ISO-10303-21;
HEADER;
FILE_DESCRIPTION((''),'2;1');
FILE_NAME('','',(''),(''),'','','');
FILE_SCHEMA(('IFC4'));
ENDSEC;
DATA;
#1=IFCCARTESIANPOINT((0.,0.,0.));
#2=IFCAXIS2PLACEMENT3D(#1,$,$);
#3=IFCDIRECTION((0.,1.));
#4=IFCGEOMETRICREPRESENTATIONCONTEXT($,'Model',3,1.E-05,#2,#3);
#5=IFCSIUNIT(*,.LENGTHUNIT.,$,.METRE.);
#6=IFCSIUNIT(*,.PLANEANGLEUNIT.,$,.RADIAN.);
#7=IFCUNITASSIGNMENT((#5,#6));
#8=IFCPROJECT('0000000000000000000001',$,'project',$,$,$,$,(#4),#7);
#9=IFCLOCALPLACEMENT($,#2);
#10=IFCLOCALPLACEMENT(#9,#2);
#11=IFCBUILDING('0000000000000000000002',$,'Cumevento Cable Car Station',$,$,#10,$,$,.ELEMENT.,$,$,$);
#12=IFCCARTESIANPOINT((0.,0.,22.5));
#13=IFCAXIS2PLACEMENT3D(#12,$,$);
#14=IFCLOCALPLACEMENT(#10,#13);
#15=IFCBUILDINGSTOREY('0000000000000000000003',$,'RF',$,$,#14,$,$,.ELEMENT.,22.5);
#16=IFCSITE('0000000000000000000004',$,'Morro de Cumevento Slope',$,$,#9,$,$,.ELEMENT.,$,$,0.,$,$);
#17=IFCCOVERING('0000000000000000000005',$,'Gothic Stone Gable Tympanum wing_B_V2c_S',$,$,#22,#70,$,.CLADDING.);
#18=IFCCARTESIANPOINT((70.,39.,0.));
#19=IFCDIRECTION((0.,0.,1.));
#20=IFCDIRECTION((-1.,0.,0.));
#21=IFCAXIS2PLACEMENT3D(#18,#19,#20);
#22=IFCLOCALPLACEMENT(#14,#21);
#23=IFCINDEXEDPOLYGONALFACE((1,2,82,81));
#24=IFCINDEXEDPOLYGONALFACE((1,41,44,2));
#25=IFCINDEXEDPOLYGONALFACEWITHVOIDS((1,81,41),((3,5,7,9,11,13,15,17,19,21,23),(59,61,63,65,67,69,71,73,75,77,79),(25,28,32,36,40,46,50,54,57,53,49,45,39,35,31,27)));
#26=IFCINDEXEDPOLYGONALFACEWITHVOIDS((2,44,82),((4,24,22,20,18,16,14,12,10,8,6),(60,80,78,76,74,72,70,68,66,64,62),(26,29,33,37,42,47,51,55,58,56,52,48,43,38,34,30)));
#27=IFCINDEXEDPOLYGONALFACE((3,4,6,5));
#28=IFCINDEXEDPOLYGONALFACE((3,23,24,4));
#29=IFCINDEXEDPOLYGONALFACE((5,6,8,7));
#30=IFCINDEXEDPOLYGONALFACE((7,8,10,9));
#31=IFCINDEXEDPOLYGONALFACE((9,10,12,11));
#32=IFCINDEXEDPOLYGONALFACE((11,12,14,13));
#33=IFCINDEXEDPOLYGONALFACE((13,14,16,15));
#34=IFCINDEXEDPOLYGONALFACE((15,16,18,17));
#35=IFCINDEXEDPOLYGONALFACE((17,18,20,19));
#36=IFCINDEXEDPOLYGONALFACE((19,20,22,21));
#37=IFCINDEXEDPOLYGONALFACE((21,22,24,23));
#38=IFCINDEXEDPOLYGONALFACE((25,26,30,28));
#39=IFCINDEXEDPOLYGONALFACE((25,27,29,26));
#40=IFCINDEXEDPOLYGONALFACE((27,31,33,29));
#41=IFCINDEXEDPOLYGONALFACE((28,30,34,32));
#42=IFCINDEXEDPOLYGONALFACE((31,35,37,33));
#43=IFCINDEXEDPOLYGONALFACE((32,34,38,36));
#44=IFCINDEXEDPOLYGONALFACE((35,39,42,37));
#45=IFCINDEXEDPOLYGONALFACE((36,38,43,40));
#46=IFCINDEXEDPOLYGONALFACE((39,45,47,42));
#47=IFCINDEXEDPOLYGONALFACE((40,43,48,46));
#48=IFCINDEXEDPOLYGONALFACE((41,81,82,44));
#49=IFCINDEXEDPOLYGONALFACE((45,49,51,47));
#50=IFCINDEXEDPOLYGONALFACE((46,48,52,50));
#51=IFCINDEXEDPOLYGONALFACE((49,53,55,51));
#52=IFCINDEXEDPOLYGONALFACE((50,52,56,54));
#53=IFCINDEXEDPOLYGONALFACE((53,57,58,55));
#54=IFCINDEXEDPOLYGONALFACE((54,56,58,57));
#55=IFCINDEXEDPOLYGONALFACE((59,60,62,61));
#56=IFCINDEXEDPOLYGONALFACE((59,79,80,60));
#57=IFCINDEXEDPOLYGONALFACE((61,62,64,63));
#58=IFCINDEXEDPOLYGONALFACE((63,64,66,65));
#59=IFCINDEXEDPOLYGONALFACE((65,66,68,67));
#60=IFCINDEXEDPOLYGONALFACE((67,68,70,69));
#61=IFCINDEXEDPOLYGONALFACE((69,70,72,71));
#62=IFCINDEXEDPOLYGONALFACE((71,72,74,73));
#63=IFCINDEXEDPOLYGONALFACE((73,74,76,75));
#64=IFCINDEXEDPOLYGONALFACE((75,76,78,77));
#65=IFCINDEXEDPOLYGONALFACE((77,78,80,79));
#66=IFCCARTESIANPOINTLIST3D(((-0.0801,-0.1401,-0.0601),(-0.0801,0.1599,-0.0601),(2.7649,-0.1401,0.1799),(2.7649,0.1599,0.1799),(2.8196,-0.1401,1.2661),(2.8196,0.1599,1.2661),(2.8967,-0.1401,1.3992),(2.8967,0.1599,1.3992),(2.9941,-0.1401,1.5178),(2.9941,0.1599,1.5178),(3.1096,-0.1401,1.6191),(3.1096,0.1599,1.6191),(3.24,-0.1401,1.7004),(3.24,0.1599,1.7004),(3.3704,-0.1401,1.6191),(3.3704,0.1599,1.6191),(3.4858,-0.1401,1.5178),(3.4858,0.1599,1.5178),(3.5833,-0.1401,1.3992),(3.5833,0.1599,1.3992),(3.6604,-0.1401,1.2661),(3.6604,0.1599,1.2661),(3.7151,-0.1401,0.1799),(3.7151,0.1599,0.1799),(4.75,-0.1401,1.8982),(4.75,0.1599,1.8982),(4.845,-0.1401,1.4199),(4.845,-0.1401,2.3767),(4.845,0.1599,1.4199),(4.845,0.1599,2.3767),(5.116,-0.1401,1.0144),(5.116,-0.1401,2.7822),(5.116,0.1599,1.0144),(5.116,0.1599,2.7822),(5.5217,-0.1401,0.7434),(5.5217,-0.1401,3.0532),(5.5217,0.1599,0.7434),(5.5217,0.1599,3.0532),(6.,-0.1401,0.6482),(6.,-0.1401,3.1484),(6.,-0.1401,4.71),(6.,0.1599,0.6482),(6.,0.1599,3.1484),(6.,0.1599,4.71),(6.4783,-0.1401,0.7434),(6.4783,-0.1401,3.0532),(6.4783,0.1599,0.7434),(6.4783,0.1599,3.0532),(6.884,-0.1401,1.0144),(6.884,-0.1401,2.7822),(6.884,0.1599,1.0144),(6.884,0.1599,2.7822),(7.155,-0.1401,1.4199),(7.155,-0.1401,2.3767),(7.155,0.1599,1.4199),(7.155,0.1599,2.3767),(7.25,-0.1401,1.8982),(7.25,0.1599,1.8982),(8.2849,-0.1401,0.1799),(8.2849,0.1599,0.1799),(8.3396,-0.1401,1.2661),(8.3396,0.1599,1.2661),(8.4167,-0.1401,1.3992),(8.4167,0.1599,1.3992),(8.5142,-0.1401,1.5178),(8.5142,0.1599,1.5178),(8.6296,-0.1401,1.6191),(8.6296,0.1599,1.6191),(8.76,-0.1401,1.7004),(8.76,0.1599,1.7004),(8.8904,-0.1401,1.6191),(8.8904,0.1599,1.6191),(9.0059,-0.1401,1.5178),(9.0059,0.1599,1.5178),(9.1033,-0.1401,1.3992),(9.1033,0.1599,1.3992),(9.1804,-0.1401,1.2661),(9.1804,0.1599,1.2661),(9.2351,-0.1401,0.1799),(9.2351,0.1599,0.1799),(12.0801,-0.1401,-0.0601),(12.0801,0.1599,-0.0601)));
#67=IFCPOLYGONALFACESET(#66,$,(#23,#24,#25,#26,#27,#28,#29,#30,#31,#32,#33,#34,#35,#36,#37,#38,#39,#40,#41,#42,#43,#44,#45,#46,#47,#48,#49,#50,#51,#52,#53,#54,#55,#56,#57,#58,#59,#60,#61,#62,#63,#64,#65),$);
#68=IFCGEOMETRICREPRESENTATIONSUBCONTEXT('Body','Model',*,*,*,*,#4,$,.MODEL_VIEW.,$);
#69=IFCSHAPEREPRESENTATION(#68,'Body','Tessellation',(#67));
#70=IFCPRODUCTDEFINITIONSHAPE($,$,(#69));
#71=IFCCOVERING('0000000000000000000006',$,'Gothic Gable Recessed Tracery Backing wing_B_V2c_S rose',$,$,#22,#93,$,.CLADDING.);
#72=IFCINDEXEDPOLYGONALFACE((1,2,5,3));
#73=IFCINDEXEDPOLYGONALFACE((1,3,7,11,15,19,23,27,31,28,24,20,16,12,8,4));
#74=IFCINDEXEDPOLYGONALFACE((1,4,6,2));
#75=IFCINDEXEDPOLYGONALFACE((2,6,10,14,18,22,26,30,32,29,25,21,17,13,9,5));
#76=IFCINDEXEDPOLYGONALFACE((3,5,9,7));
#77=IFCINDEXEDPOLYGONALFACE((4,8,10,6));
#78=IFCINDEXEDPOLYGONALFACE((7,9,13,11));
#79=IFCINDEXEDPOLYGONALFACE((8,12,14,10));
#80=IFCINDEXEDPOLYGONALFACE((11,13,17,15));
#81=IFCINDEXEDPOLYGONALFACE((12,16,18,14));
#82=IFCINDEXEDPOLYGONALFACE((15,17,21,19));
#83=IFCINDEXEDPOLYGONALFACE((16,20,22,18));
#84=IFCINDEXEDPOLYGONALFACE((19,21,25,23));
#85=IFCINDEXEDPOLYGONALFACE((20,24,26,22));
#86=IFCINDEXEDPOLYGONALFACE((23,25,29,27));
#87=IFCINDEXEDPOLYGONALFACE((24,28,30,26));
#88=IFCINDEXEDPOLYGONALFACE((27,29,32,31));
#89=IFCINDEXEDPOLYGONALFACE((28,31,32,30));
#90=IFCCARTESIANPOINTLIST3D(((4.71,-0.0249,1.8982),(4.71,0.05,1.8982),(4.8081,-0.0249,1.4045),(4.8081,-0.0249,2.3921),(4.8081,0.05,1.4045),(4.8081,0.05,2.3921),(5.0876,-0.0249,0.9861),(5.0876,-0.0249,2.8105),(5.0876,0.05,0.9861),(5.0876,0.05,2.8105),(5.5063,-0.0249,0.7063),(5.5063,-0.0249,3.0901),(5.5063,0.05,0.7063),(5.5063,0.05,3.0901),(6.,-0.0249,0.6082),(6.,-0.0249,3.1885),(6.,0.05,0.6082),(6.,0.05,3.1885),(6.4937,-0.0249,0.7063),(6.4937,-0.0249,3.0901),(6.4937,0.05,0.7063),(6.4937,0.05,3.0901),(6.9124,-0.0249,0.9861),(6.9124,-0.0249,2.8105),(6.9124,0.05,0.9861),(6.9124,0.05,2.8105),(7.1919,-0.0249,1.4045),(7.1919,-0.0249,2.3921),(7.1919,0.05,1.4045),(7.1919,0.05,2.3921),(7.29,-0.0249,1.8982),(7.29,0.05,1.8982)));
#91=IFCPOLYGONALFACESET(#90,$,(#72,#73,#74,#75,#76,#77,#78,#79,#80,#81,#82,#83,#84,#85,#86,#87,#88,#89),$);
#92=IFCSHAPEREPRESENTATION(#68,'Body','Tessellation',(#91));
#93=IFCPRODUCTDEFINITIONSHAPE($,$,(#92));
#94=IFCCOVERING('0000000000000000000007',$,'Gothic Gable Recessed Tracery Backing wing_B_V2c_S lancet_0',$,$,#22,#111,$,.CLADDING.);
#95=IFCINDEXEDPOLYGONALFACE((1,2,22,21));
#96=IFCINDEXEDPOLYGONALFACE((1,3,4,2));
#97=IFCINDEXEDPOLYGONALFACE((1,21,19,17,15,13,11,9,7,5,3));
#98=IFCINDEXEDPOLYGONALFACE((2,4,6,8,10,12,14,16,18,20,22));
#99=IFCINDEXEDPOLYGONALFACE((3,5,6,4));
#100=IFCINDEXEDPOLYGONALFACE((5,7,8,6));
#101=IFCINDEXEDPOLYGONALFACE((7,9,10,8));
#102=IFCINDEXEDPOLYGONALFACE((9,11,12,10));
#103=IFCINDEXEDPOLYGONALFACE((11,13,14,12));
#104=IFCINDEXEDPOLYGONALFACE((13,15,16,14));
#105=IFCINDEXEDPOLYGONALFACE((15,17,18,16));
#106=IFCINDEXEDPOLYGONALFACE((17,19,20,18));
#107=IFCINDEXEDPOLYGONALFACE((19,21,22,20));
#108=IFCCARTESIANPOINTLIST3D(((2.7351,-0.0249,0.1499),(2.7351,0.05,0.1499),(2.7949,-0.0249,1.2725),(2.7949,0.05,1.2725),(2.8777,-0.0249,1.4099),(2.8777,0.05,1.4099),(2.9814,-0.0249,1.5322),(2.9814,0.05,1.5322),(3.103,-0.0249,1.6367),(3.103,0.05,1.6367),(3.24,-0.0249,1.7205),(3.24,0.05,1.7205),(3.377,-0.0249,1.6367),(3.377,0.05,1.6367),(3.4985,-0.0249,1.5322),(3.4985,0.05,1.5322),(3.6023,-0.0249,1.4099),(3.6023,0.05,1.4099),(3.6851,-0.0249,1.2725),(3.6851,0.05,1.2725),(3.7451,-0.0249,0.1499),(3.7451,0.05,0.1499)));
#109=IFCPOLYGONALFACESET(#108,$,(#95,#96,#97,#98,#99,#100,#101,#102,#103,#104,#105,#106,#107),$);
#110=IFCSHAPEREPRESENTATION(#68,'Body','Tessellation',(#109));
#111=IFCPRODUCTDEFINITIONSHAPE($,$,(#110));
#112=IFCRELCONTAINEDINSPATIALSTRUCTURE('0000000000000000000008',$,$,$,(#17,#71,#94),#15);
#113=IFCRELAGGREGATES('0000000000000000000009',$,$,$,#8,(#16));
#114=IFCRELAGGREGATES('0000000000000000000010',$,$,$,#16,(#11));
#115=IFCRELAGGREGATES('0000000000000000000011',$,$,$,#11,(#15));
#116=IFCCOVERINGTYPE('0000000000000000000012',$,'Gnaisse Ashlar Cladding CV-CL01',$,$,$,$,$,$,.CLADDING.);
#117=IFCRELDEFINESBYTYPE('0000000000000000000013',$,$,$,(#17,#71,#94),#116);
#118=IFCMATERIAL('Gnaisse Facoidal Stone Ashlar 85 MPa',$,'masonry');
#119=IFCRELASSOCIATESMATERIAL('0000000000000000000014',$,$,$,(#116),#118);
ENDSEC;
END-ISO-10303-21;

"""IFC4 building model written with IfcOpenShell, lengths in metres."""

from ifc_helpers import new_model, si_unit, direction, frame, origin, place, context, subcontext, project, spatial, polyline, outline, extrude, material, type_object, element, save


model = new_model("IFC4")

# Units and contexts
model_context = context("Model", 3, precision=1e-05, world=origin(), true_north=direction((0.0, 1.0)))
body_context = subcontext(model_context, "Body", "Model", "MODEL_VIEW")
ifc_project = project(units=[si_unit("LENGTHUNIT", "METRE"), si_unit("PLANEANGLEUNIT", "RADIAN")], contexts=[model_context])

# Site, building, storey
site_placement = place(None, origin())
site = spatial("IfcSite", under=ifc_project, at=site_placement, Name="Morro de Cumevento Slope", CompositionType="ELEMENT", RefElevation=0.0)
building_placement = place(site_placement, origin())
building = spatial("IfcBuilding", under=site, at=building_placement, Name="Cumevento Cable Car Station", CompositionType="ELEMENT")
storey_placement = place(building_placement, frame((0.0, 0.0, 22.5)))
storey = spatial("IfcBuildingStorey", under=building, at=storey_placement, Name="RF", CompositionType="ELEMENT", Elevation=22.5)

# Coverings
ifc_material_1 = material(Name="Gnaisse Facoidal Stone Ashlar 85 MPa", Category="masonry")
covering_type_1 = type_object("IfcCoveringType", Name="Gnaisse Ashlar Cladding CV-CL01", PredefinedType="CLADDING", material=ifc_material_1)
placement = place(storey_placement, frame((70.0, 39.0, 0.0), z_axis=(0.0, 0.0, 1.0), x_axis=(-1.0, 0.0, 0.0)))
element("IfcCovering", 1, at=placement, inside=storey, type_object=covering_type_1, Name="Gothic Stone Gable Tympanum wing_B_V2c_S", PredefinedType="CLADDING", context=body_context, shape_type="SweptSolid", body=[
    extrude(outline(polyline([(-0.0801, -0.0601), (12.0801, -0.0601), (6.0, 4.71), (-0.0801, -0.0601)]), holes=[polyline([(7.25, 1.8982), (7.155, 2.3767), (6.884, 2.7822), (6.4783, 3.0532), (6.0, 3.1484), (5.5217, 3.0532), (5.116, 2.7822), (4.845, 2.3767), (4.75, 1.8982), (4.845, 1.4199), (5.116, 1.0144), (5.5217, 0.7434), (6.0, 0.6482), (6.4783, 0.7434), (6.884, 1.0144), (7.155, 1.4199), (7.25, 1.8982)]), polyline([(2.7649, 0.1799), (3.7151, 0.1799), (3.6604, 1.2661), (3.5833, 1.3992), (3.4858, 1.5178), (3.3704, 1.6191), (3.24, 1.7004), (3.1096, 1.6191), (2.9941, 1.5178), (2.8967, 1.3992), (2.8196, 1.2661), (2.7649, 0.1799)]), polyline([(8.2849, 0.1799), (9.2351, 0.1799), (9.1804, 1.2661), (9.1033, 1.3992), (9.0059, 1.5178), (8.8904, 1.6191), (8.76, 1.7004), (8.6296, 1.6191), (8.5142, 1.5178), (8.4167, 1.3992), (8.3396, 1.2661), (8.2849, 0.1799)])]), frame((0.0, 0.1599, 0.0), z_axis=(0.0, -1.0, 0.0), x_axis=(1.0, 0.0, 0.0)), (0.0, 0.0, 1.0), 0.3),
])
element("IfcCovering", 2, at=placement, inside=storey, type_object=covering_type_1, Name="Gothic Gable Recessed Tracery Backing wing_B_V2c_S rose", PredefinedType="CLADDING", context=body_context, shape_type="SweptSolid", body=[
    extrude(outline(polyline([(7.29, 1.8982), (7.1919, 2.3921), (6.9124, 2.8105), (6.4937, 3.0901), (6.0, 3.1885), (5.5063, 3.0901), (5.0876, 2.8105), (4.8081, 2.3921), (4.71, 1.8982), (4.8081, 1.4045), (5.0876, 0.9861), (5.5063, 0.7063), (6.0, 0.6082), (6.4937, 0.7063), (6.9124, 0.9861), (7.1919, 1.4045), (7.29, 1.8982)])), frame((0.0, 0.05, 0.0), z_axis=(0.0, -1.0, 0.0), x_axis=(1.0, 0.0, 0.0)), (0.0, 0.0, 1.0), 0.075),
])
element("IfcCovering", 3, at=placement, inside=storey, type_object=covering_type_1, Name="Gothic Gable Recessed Tracery Backing wing_B_V2c_S lancet_0", PredefinedType="CLADDING", context=body_context, shape_type="SweptSolid", body=[
    extrude(outline(polyline([(2.7351, 0.1499), (3.7451, 0.1499), (3.6851, 1.2725), (3.6023, 1.4099), (3.4985, 1.5322), (3.377, 1.6367), (3.24, 1.7205), (3.103, 1.6367), (2.9814, 1.5322), (2.8777, 1.4099), (2.7949, 1.2725), (2.7351, 0.1499)])), frame((0.0, 0.05, 0.0), z_axis=(0.0, -1.0, 0.0), x_axis=(1.0, 0.0, 0.0)), (0.0, 0.0, 1.0), 0.075),
])

save(model, "model.ifc")
